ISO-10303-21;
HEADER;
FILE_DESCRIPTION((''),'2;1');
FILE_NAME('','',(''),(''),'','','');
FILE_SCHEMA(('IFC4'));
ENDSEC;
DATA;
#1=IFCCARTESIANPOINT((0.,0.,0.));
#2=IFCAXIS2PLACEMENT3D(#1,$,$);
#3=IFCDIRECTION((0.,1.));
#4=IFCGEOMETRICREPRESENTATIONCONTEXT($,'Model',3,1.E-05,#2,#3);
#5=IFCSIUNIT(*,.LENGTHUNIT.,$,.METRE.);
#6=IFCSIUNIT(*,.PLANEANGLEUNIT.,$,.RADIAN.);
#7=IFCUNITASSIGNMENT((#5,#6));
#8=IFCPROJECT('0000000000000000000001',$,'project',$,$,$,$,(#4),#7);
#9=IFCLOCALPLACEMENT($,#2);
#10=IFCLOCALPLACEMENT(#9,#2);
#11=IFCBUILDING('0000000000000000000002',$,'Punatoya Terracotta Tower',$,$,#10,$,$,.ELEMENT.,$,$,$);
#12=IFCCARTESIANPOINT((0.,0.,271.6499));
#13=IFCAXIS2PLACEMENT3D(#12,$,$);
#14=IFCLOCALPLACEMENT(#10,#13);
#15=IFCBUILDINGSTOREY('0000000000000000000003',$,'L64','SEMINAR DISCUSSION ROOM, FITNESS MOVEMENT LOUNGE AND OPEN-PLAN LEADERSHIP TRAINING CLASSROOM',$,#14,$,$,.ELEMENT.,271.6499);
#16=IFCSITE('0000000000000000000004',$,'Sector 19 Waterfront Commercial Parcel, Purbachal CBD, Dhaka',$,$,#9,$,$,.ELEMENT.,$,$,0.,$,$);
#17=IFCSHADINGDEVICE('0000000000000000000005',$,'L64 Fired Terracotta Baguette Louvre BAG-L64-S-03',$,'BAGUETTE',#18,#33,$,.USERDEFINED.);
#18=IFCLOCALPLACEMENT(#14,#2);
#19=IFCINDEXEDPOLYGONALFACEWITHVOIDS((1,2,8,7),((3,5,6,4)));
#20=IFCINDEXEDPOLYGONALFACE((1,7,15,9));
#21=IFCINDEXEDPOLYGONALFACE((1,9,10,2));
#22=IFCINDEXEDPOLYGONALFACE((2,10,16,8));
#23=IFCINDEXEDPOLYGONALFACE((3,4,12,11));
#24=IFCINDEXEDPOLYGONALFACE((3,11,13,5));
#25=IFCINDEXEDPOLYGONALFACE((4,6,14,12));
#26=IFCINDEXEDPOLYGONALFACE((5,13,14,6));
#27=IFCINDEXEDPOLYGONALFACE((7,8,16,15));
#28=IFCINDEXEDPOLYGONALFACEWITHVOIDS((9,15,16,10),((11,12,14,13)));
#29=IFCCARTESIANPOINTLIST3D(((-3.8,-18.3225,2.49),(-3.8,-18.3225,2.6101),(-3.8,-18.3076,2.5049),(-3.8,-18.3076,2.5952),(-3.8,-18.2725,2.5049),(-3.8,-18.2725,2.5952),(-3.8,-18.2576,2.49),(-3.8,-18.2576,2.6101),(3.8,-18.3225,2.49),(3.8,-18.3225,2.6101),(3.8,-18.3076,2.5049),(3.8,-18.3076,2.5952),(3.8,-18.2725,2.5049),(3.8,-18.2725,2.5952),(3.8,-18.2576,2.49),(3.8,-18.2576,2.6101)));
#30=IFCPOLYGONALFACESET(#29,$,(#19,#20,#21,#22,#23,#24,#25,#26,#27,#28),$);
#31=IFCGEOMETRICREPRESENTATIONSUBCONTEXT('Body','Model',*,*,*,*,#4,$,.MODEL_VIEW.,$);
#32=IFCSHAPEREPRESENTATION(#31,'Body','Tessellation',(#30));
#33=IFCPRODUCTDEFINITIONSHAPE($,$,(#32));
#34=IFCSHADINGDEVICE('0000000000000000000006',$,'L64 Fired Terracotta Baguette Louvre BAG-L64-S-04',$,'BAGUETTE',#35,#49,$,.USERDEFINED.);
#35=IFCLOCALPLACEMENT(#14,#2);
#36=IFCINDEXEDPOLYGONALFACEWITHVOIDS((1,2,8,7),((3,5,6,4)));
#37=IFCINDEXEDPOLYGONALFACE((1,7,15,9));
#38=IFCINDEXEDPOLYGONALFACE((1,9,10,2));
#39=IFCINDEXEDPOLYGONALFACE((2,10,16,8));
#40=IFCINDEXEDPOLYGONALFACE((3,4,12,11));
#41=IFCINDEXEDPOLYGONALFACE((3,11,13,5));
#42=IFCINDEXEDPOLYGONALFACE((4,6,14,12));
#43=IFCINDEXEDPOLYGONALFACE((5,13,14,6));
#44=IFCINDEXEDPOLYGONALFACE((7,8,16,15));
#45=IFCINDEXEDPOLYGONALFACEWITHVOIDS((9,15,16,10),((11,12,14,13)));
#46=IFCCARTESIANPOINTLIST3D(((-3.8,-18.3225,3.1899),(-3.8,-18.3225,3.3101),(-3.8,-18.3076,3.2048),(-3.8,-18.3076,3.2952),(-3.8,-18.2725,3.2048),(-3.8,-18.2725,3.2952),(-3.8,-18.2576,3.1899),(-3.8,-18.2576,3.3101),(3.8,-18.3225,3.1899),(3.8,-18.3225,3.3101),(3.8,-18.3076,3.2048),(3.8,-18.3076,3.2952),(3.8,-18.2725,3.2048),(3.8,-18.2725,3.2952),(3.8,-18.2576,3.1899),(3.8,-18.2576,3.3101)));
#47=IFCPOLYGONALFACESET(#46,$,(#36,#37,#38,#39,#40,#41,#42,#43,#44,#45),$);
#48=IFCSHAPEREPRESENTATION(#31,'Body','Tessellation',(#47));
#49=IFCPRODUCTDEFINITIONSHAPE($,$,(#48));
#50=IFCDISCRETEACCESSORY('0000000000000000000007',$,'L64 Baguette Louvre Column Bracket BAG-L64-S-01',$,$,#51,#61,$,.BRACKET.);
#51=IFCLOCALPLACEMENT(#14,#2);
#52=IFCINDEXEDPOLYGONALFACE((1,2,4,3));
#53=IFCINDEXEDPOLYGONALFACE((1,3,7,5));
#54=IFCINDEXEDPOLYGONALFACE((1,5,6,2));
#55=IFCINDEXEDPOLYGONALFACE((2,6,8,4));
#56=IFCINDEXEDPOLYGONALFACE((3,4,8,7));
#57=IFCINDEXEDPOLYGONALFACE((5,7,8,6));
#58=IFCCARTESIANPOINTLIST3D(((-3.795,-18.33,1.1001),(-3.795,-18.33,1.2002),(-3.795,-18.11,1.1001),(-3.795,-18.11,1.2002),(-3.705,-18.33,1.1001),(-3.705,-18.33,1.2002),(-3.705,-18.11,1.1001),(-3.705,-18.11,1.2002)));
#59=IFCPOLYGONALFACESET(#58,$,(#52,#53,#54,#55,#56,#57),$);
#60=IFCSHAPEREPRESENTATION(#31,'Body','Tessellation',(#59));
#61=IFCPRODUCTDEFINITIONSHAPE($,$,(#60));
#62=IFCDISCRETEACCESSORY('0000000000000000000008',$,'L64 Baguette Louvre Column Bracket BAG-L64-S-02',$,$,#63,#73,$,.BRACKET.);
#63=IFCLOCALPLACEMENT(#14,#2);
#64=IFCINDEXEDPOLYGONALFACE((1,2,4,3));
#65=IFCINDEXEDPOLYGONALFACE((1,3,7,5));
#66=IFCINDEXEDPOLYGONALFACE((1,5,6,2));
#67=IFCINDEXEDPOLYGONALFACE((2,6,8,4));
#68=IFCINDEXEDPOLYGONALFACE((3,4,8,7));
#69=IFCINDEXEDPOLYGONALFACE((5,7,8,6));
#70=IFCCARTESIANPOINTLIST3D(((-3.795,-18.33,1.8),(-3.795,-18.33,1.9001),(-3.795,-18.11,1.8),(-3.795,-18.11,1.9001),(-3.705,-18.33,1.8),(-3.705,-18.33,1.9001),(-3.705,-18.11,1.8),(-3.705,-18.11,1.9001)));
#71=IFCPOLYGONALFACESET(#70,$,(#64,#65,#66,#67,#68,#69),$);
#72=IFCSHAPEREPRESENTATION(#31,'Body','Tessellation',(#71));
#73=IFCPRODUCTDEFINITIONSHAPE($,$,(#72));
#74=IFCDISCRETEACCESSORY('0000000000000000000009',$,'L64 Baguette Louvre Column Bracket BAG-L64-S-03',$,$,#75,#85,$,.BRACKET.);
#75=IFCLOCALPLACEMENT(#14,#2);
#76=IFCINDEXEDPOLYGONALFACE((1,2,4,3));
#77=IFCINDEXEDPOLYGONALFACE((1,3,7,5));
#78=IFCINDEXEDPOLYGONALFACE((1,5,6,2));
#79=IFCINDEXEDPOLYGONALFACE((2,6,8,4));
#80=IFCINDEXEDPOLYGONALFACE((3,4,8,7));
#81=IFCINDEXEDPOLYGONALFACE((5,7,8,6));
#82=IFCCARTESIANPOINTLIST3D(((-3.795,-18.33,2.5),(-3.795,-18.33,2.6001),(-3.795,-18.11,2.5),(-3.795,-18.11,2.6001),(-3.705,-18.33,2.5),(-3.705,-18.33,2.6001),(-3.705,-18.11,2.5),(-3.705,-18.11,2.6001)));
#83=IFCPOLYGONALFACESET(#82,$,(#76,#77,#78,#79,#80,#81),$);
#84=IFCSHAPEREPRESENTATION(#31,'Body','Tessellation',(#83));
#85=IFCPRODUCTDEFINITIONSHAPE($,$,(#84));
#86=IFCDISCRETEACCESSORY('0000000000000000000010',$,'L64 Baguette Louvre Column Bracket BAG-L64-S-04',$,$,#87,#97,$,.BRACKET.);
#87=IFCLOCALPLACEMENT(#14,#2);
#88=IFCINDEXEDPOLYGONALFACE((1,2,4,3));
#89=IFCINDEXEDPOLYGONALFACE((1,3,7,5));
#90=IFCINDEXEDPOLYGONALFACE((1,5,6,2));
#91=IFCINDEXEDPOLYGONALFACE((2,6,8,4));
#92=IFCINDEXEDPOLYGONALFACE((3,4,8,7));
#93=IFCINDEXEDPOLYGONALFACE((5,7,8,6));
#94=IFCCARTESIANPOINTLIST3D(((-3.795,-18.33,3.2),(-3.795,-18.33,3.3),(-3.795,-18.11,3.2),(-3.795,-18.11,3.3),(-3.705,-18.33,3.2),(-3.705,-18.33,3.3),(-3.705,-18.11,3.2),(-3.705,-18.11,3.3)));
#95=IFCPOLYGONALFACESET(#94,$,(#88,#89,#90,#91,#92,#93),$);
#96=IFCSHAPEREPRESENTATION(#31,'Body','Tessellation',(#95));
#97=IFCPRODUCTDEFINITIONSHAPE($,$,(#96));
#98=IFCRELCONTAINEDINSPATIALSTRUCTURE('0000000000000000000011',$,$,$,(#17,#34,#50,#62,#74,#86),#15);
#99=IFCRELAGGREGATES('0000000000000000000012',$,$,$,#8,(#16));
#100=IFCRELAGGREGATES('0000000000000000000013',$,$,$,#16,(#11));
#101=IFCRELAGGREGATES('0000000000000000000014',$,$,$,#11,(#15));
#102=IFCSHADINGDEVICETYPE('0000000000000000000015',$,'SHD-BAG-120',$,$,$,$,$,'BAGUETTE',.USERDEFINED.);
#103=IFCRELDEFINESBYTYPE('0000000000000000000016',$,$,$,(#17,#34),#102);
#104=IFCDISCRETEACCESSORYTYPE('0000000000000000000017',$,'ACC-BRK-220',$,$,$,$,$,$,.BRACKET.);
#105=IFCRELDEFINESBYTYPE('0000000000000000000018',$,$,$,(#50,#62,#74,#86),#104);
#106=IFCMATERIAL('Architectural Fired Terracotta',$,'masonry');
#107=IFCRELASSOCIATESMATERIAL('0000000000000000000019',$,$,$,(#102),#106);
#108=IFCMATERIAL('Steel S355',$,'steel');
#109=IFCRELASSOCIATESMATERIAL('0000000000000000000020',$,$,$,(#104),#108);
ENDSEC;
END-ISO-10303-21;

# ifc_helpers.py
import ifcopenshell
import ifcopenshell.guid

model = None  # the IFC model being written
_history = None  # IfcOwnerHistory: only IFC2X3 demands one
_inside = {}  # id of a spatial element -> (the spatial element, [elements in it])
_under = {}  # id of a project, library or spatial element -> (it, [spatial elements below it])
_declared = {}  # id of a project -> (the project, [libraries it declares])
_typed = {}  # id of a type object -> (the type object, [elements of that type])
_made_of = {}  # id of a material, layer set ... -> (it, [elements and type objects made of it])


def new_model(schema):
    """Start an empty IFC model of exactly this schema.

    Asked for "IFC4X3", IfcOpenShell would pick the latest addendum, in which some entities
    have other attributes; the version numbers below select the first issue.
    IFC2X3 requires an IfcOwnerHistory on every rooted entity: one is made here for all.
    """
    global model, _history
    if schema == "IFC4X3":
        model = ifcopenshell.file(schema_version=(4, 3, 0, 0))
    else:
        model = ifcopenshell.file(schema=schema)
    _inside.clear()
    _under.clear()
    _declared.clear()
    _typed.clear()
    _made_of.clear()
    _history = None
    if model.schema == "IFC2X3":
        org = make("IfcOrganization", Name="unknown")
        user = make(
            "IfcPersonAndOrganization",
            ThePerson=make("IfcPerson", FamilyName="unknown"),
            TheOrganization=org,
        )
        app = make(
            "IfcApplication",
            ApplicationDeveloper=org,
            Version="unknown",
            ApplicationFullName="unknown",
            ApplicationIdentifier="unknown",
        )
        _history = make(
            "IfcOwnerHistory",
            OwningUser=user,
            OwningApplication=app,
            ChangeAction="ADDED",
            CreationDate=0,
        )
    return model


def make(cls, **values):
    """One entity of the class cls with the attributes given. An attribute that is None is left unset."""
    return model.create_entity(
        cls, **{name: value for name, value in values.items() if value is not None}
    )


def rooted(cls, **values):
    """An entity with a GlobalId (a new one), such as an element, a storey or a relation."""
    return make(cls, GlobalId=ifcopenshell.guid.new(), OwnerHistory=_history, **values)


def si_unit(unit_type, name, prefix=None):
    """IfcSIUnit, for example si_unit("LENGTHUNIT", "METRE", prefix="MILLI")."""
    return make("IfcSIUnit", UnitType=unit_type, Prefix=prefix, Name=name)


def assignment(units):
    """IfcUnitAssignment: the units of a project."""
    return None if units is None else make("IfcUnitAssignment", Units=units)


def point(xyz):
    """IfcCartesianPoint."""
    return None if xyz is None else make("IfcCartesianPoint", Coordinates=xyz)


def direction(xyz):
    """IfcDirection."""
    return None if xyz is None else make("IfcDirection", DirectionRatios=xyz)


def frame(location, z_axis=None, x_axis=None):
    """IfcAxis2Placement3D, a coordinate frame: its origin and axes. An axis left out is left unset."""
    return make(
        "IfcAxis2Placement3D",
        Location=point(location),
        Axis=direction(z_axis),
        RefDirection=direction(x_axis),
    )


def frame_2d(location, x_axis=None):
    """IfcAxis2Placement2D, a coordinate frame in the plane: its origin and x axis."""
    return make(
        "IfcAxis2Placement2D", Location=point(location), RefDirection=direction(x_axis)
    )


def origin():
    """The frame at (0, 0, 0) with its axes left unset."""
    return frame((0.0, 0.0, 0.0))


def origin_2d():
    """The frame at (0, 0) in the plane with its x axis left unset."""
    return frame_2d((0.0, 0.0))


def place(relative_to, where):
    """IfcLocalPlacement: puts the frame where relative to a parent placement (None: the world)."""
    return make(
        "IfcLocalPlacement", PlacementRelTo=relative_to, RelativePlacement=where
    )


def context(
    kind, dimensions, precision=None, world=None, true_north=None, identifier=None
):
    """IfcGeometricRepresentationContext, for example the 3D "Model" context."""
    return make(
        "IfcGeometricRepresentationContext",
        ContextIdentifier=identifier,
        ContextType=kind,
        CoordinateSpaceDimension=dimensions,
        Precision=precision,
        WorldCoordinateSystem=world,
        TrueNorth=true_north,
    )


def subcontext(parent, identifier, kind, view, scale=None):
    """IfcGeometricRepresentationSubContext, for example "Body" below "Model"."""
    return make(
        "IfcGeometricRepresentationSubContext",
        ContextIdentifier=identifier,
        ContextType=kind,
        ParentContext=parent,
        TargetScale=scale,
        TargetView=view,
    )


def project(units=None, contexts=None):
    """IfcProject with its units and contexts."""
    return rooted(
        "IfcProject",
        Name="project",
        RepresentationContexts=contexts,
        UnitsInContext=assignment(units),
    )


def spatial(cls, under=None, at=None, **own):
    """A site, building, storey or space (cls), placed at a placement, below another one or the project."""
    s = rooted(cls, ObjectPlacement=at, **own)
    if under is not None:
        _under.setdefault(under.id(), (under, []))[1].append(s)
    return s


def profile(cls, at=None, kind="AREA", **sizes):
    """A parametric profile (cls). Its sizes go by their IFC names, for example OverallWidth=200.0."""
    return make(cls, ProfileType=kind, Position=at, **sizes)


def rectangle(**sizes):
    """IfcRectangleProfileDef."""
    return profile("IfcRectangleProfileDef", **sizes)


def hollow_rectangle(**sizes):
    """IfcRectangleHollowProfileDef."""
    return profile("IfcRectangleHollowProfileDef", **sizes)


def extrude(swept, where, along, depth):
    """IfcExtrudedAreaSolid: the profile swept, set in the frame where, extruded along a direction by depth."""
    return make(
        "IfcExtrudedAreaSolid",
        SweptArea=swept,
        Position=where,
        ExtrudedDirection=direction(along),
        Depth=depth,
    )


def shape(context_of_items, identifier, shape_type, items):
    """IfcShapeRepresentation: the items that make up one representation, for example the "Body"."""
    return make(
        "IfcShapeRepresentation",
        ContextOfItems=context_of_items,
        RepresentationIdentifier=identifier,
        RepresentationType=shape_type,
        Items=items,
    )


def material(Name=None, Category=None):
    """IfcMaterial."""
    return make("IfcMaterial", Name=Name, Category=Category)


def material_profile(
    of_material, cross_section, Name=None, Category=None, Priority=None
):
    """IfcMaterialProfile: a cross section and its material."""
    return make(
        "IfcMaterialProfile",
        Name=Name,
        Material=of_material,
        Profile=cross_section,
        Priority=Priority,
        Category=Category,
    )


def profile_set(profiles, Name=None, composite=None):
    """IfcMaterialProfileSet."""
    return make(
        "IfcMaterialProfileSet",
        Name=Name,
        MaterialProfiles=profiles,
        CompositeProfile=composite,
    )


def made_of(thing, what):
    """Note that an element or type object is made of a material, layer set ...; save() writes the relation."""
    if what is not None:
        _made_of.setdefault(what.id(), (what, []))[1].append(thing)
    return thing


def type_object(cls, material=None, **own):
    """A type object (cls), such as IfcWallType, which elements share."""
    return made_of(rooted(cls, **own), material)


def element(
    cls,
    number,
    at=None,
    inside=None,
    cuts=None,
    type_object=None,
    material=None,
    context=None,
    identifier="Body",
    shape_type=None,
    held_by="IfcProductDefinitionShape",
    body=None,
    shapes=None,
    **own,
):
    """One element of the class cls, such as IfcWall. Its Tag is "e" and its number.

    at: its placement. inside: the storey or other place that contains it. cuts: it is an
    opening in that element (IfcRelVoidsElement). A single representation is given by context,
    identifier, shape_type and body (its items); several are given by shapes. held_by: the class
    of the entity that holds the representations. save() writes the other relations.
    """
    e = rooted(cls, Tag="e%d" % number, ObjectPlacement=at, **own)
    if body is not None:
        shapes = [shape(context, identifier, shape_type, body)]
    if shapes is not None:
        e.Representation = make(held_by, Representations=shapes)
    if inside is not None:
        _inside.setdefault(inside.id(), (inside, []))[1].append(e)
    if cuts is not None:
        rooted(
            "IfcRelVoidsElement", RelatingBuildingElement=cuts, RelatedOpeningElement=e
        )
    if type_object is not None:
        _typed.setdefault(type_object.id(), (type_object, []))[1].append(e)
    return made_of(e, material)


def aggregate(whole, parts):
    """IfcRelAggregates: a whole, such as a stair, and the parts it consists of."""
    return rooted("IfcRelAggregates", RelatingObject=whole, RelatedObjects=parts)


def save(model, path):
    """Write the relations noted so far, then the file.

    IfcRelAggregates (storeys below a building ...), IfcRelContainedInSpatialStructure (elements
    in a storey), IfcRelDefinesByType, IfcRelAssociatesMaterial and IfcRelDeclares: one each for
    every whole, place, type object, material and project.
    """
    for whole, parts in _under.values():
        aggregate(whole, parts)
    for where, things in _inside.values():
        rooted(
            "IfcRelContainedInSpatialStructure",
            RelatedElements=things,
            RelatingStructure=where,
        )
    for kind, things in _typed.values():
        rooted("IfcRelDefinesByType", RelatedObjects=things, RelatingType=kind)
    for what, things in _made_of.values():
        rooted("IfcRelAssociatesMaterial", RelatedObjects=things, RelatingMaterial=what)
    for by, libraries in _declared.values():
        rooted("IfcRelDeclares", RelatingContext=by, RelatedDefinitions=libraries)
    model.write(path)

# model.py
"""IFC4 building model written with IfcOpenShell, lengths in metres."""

from ifc_helpers import new_model, si_unit, direction, frame, origin, origin_2d, place, context, subcontext, project, spatial, rectangle, hollow_rectangle, extrude, material, material_profile, profile_set, type_object, element, save


model = new_model("IFC4")

# Units and contexts
model_context = context("Model", 3, precision=1e-05, world=origin(), true_north=direction((0.0, 1.0)))
body_context = subcontext(model_context, "Body", "Model", "MODEL_VIEW")
ifc_project = project(units=[si_unit("LENGTHUNIT", "METRE"), si_unit("PLANEANGLEUNIT", "RADIAN")], contexts=[model_context])

# Site, building, storey
site_placement = place(None, origin())
site = spatial("IfcSite", under=ifc_project, at=site_placement, Name="Sector 19 Waterfront Commercial Parcel, Purbachal CBD, Dhaka", CompositionType="ELEMENT", RefElevation=0.0)
building_placement = place(site_placement, origin())
building = spatial("IfcBuilding", under=site, at=building_placement, Name="Punatoya Terracotta Tower", CompositionType="ELEMENT")
storey_placement = place(building_placement, frame((0.0, 0.0, 271.6499)))
storey = spatial("IfcBuildingStorey", under=building, at=storey_placement, Name="L64", Description="SEMINAR DISCUSSION ROOM, FITNESS MOVEMENT LOUNGE AND OPEN-PLAN LEADERSHIP TRAINING CLASSROOM", CompositionType="ELEMENT", Elevation=271.6499)

# Shared definitions
ifc_material_1 = material(Name="Steel S355", Category="steel")

# Shading devices
ifc_material_2 = material(Name="Architectural Fired Terracotta", Category="masonry")
ifc_material_profile_1 = material_profile(ifc_material_2, hollow_rectangle(XDim=0.0649, YDim=0.1201, WallThickness=0.0149, at=origin_2d()))
ifc_profile_set_1 = profile_set([ifc_material_profile_1], Name="Architectural Fired Terracotta")
shading_device_type = type_object("IfcShadingDeviceType", Name="SHD-BAG-120", ElementType="BAGUETTE", PredefinedType="USERDEFINED", material=ifc_profile_set_1)
for number, where, z_axis, x_axis, name in (
    (1, (-3.8, -18.29, 2.55), (1.0, 0.0, 0.0), (0.0, 1.0, 0.0), "L64 Fired Terracotta Baguette Louvre BAG-L64-S-03"),
    (2, (-3.8, -18.29, 3.25), (1.0, 0.0, 0.0), (0.0, 1.0, 0.0), "L64 Fired Terracotta Baguette Louvre BAG-L64-S-04"),
):
    element("IfcShadingDevice", number, at=place(storey_placement, frame(where, z_axis=z_axis, x_axis=x_axis)), inside=storey, type_object=shading_device_type, Name=name, ObjectType="BAGUETTE", PredefinedType="USERDEFINED", context=body_context, shape_type="SweptSolid", body=[
        extrude(hollow_rectangle(XDim=0.0649, YDim=0.1201, WallThickness=0.0149, at=origin_2d()), origin(), (0.0, 0.0, 1.0), 7.6001),
    ])

# Discrete accessories
discrete_accessory_type = type_object("IfcDiscreteAccessoryType", Name="ACC-BRK-220", PredefinedType="BRACKET", material=ifc_material_1)
for number, where, z_axis, x_axis, name in (
    (3, (-3.75, -18.22, 1.1001), (0.0, 0.0, 1.0), (1.0, 0.0, 0.0), "L64 Baguette Louvre Column Bracket BAG-L64-S-01"),
    (4, (-3.75, -18.22, 1.8), (0.0, 0.0, 1.0), (1.0, 0.0, 0.0), "L64 Baguette Louvre Column Bracket BAG-L64-S-02"),
    (5, (-3.75, -18.22, 2.5), (0.0, 0.0, 1.0), (1.0, 0.0, 0.0), "L64 Baguette Louvre Column Bracket BAG-L64-S-03"),
    (6, (-3.75, -18.22, 3.2), (0.0, 0.0, 1.0), (1.0, 0.0, 0.0), "L64 Baguette Louvre Column Bracket BAG-L64-S-04"),
):
    element("IfcDiscreteAccessory", number, at=place(storey_placement, frame(where, z_axis=z_axis, x_axis=x_axis)), inside=storey, type_object=discrete_accessory_type, Name=name, PredefinedType="BRACKET", context=body_context, shape_type="SweptSolid", body=[
        extrude(rectangle(XDim=0.0901, YDim=0.22, at=origin_2d()), origin(), (0.0, 0.0, 1.0), 0.1001),
    ])

save(model, "model.ifc")
